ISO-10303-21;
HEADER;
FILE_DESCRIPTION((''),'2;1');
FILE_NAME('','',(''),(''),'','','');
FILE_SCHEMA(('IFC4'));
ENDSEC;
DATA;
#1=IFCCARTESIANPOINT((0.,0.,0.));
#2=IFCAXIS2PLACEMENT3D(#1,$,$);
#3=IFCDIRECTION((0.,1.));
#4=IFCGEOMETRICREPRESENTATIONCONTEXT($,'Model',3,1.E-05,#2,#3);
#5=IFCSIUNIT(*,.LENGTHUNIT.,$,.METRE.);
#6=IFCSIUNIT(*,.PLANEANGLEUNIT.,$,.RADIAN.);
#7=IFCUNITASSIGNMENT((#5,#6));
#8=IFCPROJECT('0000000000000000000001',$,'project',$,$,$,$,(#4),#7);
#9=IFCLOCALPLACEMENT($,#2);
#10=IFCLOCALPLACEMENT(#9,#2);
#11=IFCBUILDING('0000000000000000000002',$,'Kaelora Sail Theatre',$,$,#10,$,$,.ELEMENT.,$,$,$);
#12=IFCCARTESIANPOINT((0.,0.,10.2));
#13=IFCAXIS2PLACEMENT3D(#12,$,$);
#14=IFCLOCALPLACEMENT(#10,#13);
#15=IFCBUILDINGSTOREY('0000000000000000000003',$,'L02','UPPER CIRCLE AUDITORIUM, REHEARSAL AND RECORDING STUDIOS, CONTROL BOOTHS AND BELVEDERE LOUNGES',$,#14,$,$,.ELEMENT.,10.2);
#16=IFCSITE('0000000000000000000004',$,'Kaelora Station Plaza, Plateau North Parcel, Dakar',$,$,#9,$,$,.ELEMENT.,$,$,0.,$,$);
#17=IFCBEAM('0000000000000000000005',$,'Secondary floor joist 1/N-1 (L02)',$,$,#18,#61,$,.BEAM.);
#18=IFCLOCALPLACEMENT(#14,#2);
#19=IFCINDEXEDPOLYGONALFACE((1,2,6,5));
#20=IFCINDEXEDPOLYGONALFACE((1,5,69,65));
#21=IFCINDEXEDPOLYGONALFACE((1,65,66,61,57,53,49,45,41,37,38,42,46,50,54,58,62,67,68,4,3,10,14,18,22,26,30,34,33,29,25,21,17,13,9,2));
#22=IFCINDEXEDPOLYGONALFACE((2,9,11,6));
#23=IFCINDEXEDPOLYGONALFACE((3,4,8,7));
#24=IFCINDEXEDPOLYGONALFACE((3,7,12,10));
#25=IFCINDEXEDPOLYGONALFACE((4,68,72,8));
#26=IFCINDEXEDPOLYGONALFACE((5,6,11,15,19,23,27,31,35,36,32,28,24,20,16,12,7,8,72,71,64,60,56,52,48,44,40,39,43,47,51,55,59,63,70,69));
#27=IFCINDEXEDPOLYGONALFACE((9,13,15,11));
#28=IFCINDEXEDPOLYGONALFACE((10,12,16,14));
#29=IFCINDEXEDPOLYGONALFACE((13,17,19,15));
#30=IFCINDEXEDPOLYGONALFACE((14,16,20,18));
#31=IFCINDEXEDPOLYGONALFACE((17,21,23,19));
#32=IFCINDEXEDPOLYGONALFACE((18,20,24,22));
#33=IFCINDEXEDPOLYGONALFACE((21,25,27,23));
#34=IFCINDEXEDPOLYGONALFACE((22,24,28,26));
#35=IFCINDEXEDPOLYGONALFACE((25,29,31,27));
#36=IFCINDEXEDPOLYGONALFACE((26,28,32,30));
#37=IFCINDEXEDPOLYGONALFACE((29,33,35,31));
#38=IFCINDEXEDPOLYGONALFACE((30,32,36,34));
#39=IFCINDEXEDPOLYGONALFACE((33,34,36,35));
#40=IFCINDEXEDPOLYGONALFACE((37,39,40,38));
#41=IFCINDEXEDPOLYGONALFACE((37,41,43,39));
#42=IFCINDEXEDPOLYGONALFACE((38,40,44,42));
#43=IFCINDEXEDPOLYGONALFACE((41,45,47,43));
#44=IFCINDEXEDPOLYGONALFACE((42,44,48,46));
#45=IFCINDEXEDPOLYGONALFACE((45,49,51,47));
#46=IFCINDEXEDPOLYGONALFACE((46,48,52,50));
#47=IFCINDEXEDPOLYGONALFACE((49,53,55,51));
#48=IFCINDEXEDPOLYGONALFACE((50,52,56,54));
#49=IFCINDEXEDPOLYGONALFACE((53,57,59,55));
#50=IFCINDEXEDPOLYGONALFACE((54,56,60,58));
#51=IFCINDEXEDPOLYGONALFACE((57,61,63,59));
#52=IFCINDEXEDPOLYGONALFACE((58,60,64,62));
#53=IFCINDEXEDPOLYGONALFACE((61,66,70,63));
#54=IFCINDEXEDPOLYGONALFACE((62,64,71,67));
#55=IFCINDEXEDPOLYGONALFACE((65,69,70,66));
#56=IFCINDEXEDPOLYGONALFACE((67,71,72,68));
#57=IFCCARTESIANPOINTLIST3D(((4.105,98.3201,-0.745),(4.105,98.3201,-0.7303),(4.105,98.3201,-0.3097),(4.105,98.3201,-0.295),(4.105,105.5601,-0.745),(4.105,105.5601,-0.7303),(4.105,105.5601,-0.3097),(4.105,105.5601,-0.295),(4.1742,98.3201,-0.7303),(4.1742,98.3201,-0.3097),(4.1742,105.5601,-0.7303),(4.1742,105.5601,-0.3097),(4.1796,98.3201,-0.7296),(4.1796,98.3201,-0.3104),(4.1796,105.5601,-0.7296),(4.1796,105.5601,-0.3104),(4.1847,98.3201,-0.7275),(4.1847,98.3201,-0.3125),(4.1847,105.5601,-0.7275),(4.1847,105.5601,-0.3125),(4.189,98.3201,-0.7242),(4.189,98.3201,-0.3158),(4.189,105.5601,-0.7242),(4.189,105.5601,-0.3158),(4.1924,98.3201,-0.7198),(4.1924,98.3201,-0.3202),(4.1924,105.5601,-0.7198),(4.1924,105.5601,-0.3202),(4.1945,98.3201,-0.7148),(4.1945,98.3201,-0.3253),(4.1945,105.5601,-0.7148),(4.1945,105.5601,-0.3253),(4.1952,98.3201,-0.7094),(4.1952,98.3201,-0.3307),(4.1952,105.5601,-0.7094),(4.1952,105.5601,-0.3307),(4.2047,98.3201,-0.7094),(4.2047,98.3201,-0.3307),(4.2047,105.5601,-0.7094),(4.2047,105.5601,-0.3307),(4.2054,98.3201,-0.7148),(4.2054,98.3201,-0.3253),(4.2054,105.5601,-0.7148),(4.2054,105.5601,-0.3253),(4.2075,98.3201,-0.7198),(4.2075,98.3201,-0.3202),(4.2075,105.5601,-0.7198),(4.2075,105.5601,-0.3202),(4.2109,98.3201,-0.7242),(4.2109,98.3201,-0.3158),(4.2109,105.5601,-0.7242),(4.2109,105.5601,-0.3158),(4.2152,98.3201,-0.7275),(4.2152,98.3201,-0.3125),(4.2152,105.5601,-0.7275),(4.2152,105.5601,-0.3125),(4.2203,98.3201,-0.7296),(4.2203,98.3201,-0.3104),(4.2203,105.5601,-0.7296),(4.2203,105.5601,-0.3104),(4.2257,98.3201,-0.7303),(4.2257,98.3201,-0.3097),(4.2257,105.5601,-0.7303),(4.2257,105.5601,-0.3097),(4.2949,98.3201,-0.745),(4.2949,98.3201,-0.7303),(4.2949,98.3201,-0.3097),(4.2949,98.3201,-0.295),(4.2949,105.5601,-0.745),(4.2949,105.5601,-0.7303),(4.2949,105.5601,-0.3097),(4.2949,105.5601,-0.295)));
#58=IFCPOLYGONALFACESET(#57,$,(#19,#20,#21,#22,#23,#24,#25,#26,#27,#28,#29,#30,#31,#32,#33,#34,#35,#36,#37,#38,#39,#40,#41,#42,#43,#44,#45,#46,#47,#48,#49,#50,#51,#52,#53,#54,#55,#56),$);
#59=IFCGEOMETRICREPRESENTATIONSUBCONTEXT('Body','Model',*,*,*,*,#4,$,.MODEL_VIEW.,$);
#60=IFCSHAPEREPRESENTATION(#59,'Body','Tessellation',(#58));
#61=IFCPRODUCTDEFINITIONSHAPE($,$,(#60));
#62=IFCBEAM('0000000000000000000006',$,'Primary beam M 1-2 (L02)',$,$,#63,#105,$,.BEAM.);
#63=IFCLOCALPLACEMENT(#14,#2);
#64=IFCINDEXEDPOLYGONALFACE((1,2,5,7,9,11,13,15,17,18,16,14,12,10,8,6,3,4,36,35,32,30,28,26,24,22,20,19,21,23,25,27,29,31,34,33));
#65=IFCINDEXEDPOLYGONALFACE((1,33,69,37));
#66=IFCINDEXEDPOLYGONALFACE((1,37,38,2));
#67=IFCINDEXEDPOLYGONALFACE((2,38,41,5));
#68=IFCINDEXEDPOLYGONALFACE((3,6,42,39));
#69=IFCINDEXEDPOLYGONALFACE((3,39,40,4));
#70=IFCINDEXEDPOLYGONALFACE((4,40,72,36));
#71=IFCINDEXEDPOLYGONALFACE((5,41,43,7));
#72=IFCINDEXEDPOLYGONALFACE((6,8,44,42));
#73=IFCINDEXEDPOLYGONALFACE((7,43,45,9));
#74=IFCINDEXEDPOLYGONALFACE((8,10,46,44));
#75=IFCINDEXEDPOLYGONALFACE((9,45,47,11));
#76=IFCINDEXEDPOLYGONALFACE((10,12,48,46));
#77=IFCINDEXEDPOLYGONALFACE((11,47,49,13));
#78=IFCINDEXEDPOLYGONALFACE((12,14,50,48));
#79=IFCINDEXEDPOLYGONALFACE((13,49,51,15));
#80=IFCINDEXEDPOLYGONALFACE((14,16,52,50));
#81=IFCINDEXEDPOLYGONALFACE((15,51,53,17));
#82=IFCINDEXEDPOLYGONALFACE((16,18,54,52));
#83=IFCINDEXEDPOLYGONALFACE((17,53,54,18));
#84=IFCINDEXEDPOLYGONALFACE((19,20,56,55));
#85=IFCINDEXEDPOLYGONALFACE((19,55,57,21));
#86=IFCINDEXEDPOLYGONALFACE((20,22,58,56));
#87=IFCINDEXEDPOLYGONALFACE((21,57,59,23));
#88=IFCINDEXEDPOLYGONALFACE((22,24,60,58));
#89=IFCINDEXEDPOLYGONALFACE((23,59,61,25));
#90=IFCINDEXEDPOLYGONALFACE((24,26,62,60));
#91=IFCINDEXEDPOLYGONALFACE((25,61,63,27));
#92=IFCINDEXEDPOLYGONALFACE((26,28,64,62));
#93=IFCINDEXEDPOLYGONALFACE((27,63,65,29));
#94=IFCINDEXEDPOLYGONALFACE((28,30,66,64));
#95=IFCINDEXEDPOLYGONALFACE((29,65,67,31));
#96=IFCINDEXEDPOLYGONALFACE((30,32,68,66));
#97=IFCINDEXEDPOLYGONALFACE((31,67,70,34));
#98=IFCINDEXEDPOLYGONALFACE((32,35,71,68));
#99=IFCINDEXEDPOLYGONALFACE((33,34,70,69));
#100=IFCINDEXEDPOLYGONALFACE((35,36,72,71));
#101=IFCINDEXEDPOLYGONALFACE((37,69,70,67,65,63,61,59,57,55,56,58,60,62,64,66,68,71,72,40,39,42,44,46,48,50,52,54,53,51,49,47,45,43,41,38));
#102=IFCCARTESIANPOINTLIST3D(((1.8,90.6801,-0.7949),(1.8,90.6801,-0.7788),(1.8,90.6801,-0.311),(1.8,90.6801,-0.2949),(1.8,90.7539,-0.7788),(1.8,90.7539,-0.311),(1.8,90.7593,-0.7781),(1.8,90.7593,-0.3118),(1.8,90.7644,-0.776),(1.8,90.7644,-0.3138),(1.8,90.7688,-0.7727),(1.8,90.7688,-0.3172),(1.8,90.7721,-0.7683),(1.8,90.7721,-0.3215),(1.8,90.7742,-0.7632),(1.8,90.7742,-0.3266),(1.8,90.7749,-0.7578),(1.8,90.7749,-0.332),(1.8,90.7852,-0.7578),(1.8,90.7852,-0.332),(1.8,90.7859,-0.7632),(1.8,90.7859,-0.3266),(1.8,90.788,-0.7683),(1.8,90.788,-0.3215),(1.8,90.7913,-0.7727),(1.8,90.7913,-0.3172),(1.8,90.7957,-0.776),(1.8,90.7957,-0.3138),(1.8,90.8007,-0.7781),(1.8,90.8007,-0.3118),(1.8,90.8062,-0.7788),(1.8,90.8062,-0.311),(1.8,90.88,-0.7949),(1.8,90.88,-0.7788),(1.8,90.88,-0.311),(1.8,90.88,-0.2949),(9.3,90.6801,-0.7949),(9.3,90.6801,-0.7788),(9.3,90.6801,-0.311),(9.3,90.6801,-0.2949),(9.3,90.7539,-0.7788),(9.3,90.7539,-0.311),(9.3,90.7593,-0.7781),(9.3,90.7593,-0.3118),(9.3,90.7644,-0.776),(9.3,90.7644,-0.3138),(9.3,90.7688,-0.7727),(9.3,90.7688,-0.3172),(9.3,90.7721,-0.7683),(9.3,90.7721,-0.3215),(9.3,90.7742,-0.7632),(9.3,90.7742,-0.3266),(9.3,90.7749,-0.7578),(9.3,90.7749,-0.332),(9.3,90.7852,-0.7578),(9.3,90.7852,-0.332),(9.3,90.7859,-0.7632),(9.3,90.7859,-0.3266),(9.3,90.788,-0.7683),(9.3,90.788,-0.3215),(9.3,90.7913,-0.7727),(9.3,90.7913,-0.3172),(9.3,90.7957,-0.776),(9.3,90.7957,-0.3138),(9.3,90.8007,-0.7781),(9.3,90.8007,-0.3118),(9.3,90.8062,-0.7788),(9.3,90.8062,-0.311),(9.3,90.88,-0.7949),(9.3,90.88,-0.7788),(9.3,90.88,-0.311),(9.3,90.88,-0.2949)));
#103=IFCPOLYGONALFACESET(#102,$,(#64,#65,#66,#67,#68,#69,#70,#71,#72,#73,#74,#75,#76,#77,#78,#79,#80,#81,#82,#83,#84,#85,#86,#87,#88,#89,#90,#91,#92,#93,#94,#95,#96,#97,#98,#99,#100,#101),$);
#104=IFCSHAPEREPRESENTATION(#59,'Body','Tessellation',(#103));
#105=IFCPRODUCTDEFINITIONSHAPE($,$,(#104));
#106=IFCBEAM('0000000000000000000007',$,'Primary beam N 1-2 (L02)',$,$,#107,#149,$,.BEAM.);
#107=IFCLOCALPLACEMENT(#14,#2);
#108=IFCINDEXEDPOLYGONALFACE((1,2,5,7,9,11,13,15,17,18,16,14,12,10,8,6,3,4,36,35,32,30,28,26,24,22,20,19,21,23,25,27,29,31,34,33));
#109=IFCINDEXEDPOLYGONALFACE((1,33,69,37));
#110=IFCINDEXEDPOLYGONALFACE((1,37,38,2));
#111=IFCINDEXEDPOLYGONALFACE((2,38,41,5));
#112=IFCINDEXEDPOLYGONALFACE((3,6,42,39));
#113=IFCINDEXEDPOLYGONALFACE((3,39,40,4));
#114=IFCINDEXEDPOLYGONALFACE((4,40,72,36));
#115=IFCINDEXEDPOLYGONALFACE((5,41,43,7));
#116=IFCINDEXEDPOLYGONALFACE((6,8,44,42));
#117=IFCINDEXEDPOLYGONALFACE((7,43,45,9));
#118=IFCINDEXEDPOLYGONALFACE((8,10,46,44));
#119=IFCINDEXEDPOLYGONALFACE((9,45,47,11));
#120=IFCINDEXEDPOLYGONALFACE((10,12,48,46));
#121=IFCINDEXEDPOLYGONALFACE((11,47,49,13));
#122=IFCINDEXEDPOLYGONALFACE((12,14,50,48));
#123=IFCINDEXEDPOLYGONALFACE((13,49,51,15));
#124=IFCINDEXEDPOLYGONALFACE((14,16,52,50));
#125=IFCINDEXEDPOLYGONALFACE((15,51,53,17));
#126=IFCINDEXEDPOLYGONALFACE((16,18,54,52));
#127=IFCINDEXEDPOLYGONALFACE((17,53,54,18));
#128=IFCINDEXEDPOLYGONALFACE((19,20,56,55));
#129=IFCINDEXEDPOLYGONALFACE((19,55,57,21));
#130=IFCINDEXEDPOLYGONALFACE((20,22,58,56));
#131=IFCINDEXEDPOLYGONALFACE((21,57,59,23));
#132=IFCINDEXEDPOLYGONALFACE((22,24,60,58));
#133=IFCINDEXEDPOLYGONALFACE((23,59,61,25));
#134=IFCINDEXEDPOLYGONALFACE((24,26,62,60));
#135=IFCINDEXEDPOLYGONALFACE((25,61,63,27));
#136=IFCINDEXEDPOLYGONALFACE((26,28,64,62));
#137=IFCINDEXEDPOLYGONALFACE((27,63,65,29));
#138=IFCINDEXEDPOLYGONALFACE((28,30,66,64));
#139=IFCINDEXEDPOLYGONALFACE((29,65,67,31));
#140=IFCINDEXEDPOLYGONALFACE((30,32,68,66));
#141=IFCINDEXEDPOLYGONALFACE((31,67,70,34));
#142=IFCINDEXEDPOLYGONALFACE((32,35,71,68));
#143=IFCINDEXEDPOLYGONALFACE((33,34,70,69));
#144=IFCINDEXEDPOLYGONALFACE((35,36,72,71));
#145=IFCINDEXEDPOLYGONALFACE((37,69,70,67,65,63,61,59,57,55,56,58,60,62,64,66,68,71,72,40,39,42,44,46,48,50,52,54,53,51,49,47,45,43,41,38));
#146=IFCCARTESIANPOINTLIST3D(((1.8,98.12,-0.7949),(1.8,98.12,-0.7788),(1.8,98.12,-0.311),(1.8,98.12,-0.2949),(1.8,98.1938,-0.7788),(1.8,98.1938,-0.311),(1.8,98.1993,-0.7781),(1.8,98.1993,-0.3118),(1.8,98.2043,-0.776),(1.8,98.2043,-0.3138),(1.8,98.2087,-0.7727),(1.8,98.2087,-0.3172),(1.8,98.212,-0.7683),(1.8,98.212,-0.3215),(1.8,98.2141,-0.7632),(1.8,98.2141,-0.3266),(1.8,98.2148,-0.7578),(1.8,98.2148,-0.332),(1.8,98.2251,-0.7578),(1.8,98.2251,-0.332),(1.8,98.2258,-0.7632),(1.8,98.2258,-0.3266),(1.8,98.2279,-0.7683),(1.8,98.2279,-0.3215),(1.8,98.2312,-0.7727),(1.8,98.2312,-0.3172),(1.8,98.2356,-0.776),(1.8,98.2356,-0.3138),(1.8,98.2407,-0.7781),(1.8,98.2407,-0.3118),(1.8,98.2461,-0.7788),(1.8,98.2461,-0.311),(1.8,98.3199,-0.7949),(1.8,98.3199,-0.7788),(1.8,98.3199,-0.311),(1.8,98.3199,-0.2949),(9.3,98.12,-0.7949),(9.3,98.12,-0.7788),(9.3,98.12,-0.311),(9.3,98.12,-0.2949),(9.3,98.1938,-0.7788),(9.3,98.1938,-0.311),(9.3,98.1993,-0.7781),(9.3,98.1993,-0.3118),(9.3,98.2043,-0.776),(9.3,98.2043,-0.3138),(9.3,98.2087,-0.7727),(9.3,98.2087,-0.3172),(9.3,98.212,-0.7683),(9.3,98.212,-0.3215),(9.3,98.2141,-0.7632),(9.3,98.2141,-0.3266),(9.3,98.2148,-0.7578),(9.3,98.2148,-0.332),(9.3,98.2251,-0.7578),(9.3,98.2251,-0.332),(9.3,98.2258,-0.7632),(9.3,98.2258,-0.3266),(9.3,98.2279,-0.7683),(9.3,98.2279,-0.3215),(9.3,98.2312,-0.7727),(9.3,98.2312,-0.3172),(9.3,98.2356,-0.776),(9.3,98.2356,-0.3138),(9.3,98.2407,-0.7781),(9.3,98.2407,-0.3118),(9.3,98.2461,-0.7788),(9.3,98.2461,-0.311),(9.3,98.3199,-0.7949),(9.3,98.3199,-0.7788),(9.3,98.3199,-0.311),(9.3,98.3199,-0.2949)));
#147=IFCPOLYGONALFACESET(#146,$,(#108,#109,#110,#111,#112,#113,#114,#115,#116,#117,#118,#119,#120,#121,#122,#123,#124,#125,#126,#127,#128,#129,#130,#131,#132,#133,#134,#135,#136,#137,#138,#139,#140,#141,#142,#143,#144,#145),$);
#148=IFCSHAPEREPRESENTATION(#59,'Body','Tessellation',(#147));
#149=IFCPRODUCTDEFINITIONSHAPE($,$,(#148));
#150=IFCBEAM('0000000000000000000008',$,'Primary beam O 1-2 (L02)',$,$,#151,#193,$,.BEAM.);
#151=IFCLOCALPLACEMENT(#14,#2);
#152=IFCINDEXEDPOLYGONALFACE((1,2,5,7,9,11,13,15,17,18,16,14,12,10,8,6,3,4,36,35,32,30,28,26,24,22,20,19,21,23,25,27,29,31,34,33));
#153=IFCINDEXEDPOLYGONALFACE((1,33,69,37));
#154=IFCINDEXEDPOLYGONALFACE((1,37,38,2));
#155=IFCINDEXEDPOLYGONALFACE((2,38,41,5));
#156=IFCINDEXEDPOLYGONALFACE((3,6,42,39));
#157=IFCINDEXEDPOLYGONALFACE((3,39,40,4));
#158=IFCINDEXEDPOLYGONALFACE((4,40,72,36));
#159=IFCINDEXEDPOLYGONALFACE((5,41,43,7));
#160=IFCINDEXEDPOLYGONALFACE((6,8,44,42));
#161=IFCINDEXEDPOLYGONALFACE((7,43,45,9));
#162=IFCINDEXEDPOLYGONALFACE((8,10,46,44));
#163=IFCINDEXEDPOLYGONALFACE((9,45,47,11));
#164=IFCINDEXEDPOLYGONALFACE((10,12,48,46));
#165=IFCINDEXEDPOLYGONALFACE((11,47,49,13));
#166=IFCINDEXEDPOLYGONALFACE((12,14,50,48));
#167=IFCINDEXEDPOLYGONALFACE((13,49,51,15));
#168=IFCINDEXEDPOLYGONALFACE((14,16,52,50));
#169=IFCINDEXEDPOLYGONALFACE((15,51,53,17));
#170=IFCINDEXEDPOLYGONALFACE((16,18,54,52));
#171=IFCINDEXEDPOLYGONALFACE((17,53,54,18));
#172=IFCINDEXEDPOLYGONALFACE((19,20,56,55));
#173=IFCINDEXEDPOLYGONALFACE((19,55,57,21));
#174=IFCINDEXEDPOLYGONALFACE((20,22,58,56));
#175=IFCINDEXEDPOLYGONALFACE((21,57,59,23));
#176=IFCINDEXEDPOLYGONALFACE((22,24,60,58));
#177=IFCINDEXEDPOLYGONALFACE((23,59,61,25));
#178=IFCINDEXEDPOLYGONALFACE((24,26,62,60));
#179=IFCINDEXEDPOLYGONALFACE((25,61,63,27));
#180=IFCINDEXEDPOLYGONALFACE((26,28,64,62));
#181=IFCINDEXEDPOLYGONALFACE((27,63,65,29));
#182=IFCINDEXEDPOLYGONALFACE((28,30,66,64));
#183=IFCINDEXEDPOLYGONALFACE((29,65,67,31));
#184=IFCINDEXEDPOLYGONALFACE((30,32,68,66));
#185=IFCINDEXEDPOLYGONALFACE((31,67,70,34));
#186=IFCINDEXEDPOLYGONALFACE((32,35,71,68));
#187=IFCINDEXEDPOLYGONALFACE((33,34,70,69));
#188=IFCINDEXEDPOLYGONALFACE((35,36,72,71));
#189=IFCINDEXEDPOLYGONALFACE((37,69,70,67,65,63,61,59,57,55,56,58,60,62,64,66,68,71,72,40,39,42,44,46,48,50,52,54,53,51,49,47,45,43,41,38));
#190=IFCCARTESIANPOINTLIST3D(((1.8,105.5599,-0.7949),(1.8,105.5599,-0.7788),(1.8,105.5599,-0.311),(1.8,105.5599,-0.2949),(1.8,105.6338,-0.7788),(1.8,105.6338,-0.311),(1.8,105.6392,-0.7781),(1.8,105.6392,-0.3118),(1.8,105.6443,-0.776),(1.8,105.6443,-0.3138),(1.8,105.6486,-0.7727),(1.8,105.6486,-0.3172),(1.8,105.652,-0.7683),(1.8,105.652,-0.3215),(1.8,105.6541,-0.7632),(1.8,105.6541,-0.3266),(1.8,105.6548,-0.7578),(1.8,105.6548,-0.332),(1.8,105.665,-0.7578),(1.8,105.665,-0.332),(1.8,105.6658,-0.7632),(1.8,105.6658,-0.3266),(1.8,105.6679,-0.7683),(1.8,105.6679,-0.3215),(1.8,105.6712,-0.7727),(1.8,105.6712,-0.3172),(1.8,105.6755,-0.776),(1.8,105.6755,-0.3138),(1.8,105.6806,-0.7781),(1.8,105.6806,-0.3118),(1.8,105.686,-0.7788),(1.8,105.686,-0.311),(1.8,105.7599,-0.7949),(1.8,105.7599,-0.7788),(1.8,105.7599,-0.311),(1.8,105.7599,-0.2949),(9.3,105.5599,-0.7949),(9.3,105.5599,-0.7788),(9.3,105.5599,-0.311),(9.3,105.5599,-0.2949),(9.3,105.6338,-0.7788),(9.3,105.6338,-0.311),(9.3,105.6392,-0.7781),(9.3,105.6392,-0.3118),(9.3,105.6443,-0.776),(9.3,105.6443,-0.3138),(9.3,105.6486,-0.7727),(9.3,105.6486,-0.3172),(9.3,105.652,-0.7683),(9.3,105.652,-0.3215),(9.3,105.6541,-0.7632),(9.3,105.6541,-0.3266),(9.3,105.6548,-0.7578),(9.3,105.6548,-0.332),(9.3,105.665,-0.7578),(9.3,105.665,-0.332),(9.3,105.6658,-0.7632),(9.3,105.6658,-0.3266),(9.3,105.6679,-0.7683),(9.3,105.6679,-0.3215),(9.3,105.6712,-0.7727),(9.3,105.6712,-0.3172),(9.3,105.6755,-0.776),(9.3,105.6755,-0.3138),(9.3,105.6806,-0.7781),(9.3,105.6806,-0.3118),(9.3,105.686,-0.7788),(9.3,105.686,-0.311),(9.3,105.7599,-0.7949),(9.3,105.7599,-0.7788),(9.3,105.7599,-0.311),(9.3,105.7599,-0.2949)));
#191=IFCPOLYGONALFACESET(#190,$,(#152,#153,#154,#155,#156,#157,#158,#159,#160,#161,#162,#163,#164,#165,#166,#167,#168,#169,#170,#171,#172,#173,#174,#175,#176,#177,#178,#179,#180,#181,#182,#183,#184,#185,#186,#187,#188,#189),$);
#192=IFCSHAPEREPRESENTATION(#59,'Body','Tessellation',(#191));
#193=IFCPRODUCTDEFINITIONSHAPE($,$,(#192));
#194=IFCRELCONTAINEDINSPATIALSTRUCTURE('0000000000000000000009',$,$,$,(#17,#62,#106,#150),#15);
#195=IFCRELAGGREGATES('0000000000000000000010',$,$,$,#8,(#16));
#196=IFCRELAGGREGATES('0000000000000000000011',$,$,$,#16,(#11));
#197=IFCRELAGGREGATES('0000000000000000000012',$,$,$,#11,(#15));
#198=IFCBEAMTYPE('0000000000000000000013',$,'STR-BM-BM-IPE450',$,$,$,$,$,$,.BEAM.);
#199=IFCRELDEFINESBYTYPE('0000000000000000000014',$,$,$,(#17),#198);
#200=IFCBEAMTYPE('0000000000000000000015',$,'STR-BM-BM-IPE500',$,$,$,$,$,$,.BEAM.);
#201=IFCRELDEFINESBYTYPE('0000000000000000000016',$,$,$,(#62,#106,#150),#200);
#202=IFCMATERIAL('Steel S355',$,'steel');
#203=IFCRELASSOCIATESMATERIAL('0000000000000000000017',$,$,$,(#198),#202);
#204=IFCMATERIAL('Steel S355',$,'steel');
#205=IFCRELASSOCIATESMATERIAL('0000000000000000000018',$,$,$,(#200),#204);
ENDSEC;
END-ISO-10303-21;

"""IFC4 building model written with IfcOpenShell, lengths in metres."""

from ifc_helpers import new_model, si_unit, direction, frame, origin, origin_2d, place, context, subcontext, project, spatial, i_section, extrude, material, material_profile, profile_set, type_object, element, save


model = new_model("IFC4")

# Units and contexts
model_context = context("Model", 3, precision=1e-05, world=origin(), true_north=direction((0.0, 1.0)))
body_context = subcontext(model_context, "Body", "Model", "MODEL_VIEW")
ifc_project = project(units=[si_unit("LENGTHUNIT", "METRE"), si_unit("PLANEANGLEUNIT", "RADIAN")], contexts=[model_context])

# Site, building, storey
site_placement = place(None, origin())
site = spatial("IfcSite", under=ifc_project, at=site_placement, Name="Kaelora Station Plaza, Plateau North Parcel, Dakar", CompositionType="ELEMENT", RefElevation=0.0)
building_placement = place(site_placement, origin())
building = spatial("IfcBuilding", under=site, at=building_placement, Name="Kaelora Sail Theatre", CompositionType="ELEMENT")
storey_placement = place(building_placement, frame((0.0, 0.0, 10.2)))
storey = spatial("IfcBuildingStorey", under=building, at=storey_placement, Name="L02", Description="UPPER CIRCLE AUDITORIUM, REHEARSAL AND RECORDING STUDIOS, CONTROL BOOTHS AND BELVEDERE LOUNGES", CompositionType="ELEMENT", Elevation=10.2)

# Beams
ifc_material_1 = material(Name="Steel S355", Category="steel")
ifc_material_profile_1 = material_profile(ifc_material_1, i_section(OverallWidth=0.1899, OverallDepth=0.45, WebThickness=0.0095, FlangeThickness=0.0146, FilletRadius=0.021, at=origin_2d()), Name="IPE 450")
ifc_profile_set_1 = profile_set([ifc_material_profile_1], Name="Steel S355")
beam_type_1 = type_object("IfcBeamType", Name="STR-BM-BM-IPE450", PredefinedType="BEAM", material=ifc_profile_set_1)
beam_1_placement = place(storey_placement, frame((4.2, 98.3201, -0.52), z_axis=(0.0, 1.0, 0.0), x_axis=(-1.0, 0.0, 0.0)))
element("IfcBeam", 1, at=beam_1_placement, inside=storey, type_object=beam_type_1, Name="Secondary floor joist 1/N-1 (L02)", PredefinedType="BEAM", context=body_context, shape_type="SweptSolid", body=[
    extrude(i_section(OverallWidth=0.1899, OverallDepth=0.45, WebThickness=0.0095, FlangeThickness=0.0146, FilletRadius=0.021, at=origin_2d()), origin(), (0.0, 0.0, 1.0), 7.24),
])
ifc_material_2 = material(Name="Steel S355", Category="steel")
ifc_material_profile_2 = material_profile(ifc_material_2, i_section(OverallWidth=0.2, OverallDepth=0.5, WebThickness=0.0103, FlangeThickness=0.0161, FilletRadius=0.021, at=origin_2d()), Name="IPE 500")
ifc_profile_set_2 = profile_set([ifc_material_profile_2], Name="Steel S355")
beam_type_2 = type_object("IfcBeamType", Name="STR-BM-BM-IPE500", PredefinedType="BEAM", material=ifc_profile_set_2)
for number, where, z_axis, x_axis, name in (
    (2, (1.8, 90.78, -0.5449), (1.0, 0.0, 0.0), (0.0, 1.0, 0.0), "Primary beam M 1-2 (L02)"),
    (3, (1.8, 98.22, -0.5449), (1.0, 0.0, 0.0), (0.0, 1.0, 0.0), "Primary beam N 1-2 (L02)"),
    (4, (1.8, 105.6599, -0.5449), (1.0, 0.0, 0.0), (0.0, 1.0, 0.0), "Primary beam O 1-2 (L02)"),
):
    element("IfcBeam", number, at=place(storey_placement, frame(where, z_axis=z_axis, x_axis=x_axis)), inside=storey, type_object=beam_type_2, Name=name, PredefinedType="BEAM", context=body_context, shape_type="SweptSolid", body=[
        extrude(i_section(OverallWidth=0.2, OverallDepth=0.5, WebThickness=0.0103, FlangeThickness=0.0161, FilletRadius=0.021, at=origin_2d()), origin(), (0.0, 0.0, 1.0), 7.5),
    ])

save(model, "model.ifc")
